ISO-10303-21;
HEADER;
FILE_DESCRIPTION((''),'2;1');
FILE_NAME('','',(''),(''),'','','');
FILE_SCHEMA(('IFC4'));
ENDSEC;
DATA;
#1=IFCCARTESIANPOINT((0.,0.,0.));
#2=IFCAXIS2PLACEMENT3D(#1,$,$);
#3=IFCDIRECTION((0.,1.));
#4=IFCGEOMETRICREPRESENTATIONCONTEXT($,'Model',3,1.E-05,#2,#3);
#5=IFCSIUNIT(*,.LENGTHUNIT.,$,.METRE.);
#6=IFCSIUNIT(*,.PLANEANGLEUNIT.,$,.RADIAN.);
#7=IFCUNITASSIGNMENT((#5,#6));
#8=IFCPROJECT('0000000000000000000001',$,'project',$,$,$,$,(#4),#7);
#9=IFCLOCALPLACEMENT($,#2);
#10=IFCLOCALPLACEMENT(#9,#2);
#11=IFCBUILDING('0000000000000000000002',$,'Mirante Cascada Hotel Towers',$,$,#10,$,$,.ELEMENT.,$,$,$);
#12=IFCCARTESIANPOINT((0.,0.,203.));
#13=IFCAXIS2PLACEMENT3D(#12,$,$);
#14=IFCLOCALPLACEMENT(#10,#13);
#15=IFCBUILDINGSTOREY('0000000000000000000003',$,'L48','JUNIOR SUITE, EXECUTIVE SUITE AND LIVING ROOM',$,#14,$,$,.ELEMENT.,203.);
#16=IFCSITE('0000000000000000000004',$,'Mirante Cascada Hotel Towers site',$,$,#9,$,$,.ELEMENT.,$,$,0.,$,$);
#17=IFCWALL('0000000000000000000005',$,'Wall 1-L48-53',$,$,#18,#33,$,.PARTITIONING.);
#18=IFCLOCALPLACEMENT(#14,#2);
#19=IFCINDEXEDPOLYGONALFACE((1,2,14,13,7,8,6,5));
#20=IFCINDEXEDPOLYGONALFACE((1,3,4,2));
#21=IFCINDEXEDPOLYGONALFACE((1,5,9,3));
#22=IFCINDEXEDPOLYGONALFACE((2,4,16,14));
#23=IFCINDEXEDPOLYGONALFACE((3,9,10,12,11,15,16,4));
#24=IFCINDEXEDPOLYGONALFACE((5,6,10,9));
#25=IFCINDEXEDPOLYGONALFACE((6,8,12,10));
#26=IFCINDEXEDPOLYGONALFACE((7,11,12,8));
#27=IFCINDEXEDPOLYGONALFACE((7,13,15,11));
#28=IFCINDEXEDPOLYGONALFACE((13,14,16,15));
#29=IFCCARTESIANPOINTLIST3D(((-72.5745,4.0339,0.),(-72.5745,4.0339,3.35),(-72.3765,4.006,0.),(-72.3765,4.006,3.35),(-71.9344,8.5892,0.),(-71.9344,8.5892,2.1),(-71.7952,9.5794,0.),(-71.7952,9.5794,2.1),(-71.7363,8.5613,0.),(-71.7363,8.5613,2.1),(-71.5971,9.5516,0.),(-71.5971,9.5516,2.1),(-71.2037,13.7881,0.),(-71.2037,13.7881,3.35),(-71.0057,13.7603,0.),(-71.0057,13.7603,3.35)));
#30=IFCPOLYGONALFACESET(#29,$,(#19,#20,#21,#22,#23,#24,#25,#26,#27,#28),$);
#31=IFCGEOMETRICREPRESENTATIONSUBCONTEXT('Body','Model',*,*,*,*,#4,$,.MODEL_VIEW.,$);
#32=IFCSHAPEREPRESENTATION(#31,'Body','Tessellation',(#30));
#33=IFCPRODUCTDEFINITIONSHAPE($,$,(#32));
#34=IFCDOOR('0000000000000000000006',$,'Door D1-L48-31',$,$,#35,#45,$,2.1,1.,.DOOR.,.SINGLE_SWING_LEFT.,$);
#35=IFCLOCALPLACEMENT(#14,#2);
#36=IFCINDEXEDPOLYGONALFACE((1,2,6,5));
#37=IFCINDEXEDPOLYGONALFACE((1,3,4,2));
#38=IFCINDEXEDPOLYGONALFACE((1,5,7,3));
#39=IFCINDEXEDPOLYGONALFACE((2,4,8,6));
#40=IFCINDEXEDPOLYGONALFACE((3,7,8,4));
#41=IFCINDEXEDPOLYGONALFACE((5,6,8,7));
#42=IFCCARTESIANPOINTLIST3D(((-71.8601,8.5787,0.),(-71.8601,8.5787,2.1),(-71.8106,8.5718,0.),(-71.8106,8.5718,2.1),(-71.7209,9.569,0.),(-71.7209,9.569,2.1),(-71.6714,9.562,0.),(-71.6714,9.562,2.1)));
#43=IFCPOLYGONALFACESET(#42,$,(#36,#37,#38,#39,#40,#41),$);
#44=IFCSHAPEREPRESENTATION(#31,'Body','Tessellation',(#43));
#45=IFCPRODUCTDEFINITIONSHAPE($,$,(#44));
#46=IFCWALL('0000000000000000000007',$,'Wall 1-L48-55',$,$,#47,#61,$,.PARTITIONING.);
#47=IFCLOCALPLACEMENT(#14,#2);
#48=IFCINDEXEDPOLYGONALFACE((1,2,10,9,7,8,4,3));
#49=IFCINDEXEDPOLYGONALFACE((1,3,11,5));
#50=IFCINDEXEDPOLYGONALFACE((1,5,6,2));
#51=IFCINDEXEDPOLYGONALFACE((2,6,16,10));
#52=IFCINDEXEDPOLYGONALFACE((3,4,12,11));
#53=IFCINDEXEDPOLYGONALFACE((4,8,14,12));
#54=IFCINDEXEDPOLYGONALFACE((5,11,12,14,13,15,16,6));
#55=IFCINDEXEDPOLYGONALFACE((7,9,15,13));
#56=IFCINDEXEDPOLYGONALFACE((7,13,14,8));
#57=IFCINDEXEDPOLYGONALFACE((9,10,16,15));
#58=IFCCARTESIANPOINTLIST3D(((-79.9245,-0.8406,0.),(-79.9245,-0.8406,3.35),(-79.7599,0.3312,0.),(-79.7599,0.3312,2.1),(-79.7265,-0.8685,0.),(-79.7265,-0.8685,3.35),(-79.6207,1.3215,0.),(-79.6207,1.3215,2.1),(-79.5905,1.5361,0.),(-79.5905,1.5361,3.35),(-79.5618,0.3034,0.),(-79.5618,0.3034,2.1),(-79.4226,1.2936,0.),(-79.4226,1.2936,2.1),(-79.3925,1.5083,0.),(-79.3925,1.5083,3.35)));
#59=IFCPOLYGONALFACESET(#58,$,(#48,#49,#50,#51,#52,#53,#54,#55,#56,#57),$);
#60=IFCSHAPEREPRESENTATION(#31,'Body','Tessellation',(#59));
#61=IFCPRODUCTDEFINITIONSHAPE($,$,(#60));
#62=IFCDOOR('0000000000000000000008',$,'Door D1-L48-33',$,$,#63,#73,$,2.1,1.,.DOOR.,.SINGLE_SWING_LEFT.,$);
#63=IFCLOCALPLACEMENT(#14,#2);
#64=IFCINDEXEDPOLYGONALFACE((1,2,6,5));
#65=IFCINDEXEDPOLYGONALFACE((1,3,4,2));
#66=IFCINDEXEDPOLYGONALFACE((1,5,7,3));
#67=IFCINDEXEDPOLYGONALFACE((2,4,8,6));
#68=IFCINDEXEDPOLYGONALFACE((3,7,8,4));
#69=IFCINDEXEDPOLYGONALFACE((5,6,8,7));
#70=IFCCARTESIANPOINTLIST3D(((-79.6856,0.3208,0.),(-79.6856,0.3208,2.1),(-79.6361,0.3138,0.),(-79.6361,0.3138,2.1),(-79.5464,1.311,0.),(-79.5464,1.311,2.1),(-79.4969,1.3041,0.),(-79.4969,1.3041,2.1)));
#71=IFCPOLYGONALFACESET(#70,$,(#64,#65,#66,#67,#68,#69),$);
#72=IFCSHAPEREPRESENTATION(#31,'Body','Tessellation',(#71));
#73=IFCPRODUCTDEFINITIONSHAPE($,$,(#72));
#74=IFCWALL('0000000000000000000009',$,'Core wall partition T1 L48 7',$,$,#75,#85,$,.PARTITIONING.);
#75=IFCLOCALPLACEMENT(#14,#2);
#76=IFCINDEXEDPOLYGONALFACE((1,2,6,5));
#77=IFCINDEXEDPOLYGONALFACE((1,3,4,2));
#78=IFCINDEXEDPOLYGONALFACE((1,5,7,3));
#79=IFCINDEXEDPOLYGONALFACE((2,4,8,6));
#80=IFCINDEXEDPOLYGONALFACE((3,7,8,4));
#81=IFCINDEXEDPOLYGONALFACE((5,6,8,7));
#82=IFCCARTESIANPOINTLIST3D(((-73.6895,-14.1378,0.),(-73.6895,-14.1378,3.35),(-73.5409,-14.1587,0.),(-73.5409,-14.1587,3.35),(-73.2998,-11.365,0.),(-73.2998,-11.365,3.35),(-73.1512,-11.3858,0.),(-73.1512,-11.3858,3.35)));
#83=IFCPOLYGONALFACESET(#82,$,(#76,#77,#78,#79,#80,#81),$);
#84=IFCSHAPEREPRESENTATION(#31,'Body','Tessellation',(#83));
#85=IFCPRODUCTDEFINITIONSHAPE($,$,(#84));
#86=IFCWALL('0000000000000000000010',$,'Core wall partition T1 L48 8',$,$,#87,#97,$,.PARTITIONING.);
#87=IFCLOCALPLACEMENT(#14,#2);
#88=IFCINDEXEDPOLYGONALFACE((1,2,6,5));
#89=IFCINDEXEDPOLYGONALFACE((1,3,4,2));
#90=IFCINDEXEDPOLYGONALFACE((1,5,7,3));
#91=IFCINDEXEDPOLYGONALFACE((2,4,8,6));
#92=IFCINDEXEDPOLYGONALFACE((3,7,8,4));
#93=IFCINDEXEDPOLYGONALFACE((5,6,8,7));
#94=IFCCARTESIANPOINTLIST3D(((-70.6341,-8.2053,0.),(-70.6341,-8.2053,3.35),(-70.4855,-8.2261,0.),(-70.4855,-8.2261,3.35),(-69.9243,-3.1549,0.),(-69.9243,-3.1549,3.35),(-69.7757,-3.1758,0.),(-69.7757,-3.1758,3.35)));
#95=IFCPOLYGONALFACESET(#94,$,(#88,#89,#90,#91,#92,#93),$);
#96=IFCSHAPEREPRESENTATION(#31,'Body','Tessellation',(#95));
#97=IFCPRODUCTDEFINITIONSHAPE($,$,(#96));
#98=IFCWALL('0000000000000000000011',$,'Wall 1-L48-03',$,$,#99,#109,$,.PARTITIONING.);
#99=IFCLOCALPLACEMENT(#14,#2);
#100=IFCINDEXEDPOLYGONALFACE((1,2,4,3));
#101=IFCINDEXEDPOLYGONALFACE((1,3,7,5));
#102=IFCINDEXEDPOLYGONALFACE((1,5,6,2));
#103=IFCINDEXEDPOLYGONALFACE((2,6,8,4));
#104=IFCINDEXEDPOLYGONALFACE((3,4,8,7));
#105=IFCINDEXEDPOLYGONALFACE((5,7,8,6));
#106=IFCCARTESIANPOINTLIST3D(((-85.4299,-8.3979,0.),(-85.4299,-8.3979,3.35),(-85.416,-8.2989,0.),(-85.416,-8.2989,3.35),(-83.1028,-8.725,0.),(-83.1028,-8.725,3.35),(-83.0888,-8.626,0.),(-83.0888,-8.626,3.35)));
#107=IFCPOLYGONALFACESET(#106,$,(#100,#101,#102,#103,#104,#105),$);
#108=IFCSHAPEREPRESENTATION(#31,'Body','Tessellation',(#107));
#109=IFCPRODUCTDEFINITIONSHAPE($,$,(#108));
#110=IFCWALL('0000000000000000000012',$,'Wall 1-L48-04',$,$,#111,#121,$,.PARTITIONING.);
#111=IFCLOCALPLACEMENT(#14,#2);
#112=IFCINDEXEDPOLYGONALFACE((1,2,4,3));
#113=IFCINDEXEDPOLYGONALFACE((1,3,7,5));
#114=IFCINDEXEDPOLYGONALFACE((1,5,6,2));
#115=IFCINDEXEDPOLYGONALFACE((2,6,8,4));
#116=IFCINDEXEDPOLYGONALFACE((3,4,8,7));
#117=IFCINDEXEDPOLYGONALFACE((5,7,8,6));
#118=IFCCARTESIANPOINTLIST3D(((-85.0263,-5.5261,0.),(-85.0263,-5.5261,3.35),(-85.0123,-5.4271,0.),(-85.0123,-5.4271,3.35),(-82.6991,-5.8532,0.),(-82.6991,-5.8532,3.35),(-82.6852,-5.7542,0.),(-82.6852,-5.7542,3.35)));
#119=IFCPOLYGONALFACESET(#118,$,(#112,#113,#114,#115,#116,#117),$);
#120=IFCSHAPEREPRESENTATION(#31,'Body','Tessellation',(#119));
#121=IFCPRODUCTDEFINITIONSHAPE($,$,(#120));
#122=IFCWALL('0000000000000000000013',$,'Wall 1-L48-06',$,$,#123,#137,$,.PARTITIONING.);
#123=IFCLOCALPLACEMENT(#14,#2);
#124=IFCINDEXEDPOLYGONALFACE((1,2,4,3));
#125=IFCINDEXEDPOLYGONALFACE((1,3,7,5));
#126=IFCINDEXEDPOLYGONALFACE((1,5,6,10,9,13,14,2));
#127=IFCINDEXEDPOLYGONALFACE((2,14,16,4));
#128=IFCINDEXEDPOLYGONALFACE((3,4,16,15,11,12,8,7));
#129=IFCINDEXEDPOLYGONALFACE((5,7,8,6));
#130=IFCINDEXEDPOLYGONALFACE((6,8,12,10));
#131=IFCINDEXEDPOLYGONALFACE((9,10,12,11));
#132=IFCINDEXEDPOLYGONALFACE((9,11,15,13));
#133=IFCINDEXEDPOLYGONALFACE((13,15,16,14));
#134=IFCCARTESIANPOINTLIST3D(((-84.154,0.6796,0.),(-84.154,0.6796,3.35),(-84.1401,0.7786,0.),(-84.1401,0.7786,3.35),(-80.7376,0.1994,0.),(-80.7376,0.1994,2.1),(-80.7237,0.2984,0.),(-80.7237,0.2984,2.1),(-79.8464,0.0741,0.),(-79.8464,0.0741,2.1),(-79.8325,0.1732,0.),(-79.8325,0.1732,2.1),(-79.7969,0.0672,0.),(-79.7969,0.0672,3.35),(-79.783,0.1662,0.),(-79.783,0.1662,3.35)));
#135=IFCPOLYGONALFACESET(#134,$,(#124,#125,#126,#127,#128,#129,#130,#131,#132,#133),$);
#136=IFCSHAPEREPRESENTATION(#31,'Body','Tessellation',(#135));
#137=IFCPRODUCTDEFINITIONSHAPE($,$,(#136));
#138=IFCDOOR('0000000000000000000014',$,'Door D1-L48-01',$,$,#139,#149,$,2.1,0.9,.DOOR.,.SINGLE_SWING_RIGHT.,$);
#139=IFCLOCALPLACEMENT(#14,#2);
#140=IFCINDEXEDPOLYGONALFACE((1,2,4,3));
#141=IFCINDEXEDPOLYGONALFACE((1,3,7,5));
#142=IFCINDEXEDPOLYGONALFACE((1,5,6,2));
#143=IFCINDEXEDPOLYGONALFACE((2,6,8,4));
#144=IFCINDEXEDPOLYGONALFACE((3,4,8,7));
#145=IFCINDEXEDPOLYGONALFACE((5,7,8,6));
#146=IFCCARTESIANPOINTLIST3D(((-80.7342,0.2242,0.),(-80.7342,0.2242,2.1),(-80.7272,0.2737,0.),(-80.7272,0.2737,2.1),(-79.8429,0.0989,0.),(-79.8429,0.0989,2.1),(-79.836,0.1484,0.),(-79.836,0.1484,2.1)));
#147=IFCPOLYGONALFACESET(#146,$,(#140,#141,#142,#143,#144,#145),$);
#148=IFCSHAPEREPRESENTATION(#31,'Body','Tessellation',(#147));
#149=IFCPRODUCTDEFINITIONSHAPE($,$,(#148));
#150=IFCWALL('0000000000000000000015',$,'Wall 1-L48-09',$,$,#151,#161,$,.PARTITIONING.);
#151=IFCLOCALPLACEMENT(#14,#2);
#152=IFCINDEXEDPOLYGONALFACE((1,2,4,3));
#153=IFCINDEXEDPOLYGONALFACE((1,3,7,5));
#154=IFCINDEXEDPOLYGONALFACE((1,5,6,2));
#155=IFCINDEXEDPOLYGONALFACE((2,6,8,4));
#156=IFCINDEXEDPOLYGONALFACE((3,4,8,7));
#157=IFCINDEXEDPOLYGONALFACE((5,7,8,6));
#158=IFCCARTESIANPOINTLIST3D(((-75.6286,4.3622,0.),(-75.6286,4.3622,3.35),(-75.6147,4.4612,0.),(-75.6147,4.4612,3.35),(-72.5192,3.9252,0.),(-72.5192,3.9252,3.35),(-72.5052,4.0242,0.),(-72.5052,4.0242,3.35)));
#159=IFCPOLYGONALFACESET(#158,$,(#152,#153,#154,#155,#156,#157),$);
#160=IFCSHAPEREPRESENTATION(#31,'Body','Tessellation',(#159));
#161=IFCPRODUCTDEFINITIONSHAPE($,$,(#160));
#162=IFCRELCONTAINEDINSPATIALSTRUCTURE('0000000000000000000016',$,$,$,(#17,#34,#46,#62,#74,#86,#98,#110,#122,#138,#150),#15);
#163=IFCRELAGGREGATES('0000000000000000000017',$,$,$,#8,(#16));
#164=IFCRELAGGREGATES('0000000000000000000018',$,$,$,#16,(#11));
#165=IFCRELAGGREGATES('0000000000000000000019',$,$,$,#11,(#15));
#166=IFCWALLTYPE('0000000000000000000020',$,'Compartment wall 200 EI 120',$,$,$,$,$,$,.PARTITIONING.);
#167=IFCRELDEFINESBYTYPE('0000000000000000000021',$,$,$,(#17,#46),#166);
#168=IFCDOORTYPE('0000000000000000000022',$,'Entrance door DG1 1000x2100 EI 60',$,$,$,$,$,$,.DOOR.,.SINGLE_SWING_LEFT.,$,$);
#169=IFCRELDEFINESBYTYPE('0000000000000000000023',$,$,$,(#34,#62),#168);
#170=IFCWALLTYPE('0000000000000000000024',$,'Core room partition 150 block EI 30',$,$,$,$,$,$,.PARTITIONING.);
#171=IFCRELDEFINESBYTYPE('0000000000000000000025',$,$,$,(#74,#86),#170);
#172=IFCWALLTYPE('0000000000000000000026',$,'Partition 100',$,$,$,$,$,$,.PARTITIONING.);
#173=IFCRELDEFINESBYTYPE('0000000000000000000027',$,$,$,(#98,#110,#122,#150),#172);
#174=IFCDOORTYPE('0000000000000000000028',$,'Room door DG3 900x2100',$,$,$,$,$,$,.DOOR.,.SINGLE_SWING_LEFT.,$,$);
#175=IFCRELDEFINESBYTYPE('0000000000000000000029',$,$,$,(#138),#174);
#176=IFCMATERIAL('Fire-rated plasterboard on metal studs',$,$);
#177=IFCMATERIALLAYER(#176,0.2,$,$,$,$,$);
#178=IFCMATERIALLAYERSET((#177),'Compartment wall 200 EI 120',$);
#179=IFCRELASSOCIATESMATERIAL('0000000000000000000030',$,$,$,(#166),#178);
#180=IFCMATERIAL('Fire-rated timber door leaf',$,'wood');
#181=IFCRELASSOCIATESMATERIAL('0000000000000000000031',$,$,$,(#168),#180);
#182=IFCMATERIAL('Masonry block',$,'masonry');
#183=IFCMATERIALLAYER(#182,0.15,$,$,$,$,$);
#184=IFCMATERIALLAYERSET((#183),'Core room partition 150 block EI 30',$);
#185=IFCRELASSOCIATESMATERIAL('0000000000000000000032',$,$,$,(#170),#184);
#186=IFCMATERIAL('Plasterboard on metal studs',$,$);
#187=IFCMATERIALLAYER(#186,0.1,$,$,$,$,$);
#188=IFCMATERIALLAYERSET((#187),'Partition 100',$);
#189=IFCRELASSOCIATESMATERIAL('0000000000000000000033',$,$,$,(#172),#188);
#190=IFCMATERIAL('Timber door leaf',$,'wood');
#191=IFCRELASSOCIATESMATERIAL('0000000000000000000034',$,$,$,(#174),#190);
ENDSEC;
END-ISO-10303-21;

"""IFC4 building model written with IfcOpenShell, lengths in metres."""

from ifc_helpers import new_model, si_unit, direction, frame, frame_2d, origin, place, context, subcontext, project, spatial, rectangle, extrude, material, layer, layer_set, type_object, element, fill, save


model = new_model("IFC4")

# Units and contexts
model_context = context("Model", 3, precision=1e-05, world=origin(), true_north=direction((0.0, 1.0)))
body_context = subcontext(model_context, "Body", "Model", "MODEL_VIEW")
ifc_project = project(units=[si_unit("LENGTHUNIT", "METRE"), si_unit("PLANEANGLEUNIT", "RADIAN")], contexts=[model_context])

# Site, building, storey
site_placement = place(None, origin())
site = spatial("IfcSite", under=ifc_project, at=site_placement, Name="Mirante Cascada Hotel Towers site", CompositionType="ELEMENT", RefElevation=0.0)
building_placement = place(site_placement, origin())
building = spatial("IfcBuilding", under=site, at=building_placement, Name="Mirante Cascada Hotel Towers", CompositionType="ELEMENT")
storey_placement = place(building_placement, frame((0.0, 0.0, 203.0)))
storey = spatial("IfcBuildingStorey", under=building, at=storey_placement, Name="L48", Description="JUNIOR SUITE, EXECUTIVE SUITE AND LIVING ROOM", CompositionType="ELEMENT", Elevation=203.0)

# Walls, openings, doors
ifc_material_1 = material(Name="Fire-rated plasterboard on metal studs")
ifc_layer_1 = layer(ifc_material_1, 0.2)
ifc_layer_set_1 = layer_set([ifc_layer_1], Name="Compartment wall 200 EI 120")
wall_type_1 = type_object("IfcWallType", Name="Compartment wall 200 EI 120", PredefinedType="PARTITIONING", material=ifc_layer_set_1)
wall_1_placement = place(storey_placement, frame((-72.4755, 4.02, 0.0), z_axis=(0.0, 0.0, 1.0), x_axis=(0.139167, 0.990269, 0.0)))
wall_1 = element("IfcWall", 1, at=wall_1_placement, inside=storey, type_object=wall_type_1, Name="Wall 1-L48-53", PredefinedType="PARTITIONING", context=body_context, shape_type="SweptSolid", body=[
    extrude(rectangle(XDim=9.8501, YDim=0.2, at=frame_2d((4.925, 0.0))), origin(), (0.0, 0.0, 1.0), 3.35),
])
opening_1_placement = place(wall_1_placement, frame((4.6, 0.0, 0.0)))
opening_1 = element("IfcOpeningElement", 2, at=opening_1_placement, cuts=wall_1, PredefinedType="OPENING", context=body_context, shape_type="SweptSolid", body=[
    extrude(rectangle(XDim=1.0, YDim=2.1, at=frame_2d((0.5, 1.05))), frame((0.0, 0.1, 0.0), z_axis=(0.0, -1.0, 0.0), x_axis=(1.0, 0.0, 0.0)), (0.0, 0.0, 1.0), 0.2),
])
ifc_material_2 = material(Name="Fire-rated timber door leaf", Category="wood")
door_type_1 = type_object("IfcDoorType", Name="Entrance door DG1 1000x2100 EI 60", OperationType="SINGLE_SWING_LEFT", PredefinedType="DOOR", material=ifc_material_2)
door_1_placement = place(opening_1_placement, origin())
door_1 = element("IfcDoor", 3, at=door_1_placement, inside=storey, type_object=door_type_1, Name="Door D1-L48-31", OperationType="SINGLE_SWING_LEFT", OverallHeight=2.1, OverallWidth=1.0, PredefinedType="DOOR", context=body_context, shape_type="SweptSolid", body=[
    extrude(rectangle(XDim=1.0, YDim=2.1, at=frame_2d((0.5, 1.05))), frame((0.0, 0.025, 0.0), z_axis=(0.0, -1.0, 0.0), x_axis=(1.0, 0.0, 0.0)), (0.0, 0.0, 1.0), 0.05),
])
fill(opening_1, door_1)
wall_2_placement = place(storey_placement, frame((-79.8255, -0.8545, 0.0), z_axis=(0.0, 0.0, 1.0), x_axis=(0.139163, 0.990269, 0.0)))
wall_2 = element("IfcWall", 4, at=wall_2_placement, inside=storey, type_object=wall_type_1, Name="Wall 1-L48-55", PredefinedType="PARTITIONING", context=body_context, shape_type="SweptSolid", body=[
    extrude(rectangle(XDim=2.4001, YDim=0.2, at=frame_2d((1.2, 0.0))), origin(), (0.0, 0.0, 1.0), 3.35),
])
opening_2_placement = place(wall_2_placement, frame((1.1833, 0.0, 0.0)))
opening_2 = element("IfcOpeningElement", 5, at=opening_2_placement, cuts=wall_2, PredefinedType="OPENING", context=body_context, shape_type="SweptSolid", body=[
    extrude(rectangle(XDim=1.0, YDim=2.1, at=frame_2d((0.5, 1.05))), frame((0.0, 0.1, 0.0), z_axis=(0.0, -1.0, 0.0), x_axis=(1.0, 0.0, 0.0)), (0.0, 0.0, 1.0), 0.2),
])
door_2_placement = place(opening_2_placement, origin())
door_2 = element("IfcDoor", 6, at=door_2_placement, inside=storey, type_object=door_type_1, Name="Door D1-L48-33", OperationType="SINGLE_SWING_LEFT", OverallHeight=2.1, OverallWidth=1.0, PredefinedType="DOOR", context=body_context, shape_type="SweptSolid", body=[
    extrude(rectangle(XDim=1.0, YDim=2.1, at=frame_2d((0.5, 1.05))), frame((0.0, 0.025, 0.0), z_axis=(0.0, -1.0, 0.0), x_axis=(1.0, 0.0, 0.0)), (0.0, 0.0, 1.0), 0.05),
])
fill(opening_2, door_2)

# Walls
ifc_material_3 = material(Name="Masonry block", Category="masonry")
ifc_layer_2 = layer(ifc_material_3, 0.15)
ifc_layer_set_2 = layer_set([ifc_layer_2], Name="Core room partition 150 block EI 30")
wall_type_2 = type_object("IfcWallType", Name="Core room partition 150 block EI 30", PredefinedType="PARTITIONING", material=ifc_layer_set_2)
wall_3_placement = place(storey_placement, frame((-73.6152, -14.1482, 0.0), z_axis=(0.0, 0.0, 1.0), x_axis=(0.139176, 0.990268, 0.0)))
element("IfcWall", 7, at=wall_3_placement, inside=storey, type_object=wall_type_2, Name="Core wall partition T1 L48 7", PredefinedType="PARTITIONING", context=body_context, shape_type="SweptSolid", body=[
    extrude(rectangle(XDim=2.8001, YDim=0.15, at=frame_2d((1.4, 0.0))), origin(), (0.0, 0.0, 1.0), 3.35),
])
wall_4_placement = place(storey_placement, frame((-70.5598, -8.2157, 0.0), z_axis=(0.0, 0.0, 1.0), x_axis=(0.139176, 0.990268, 0.0)))
element("IfcWall", 8, at=wall_4_placement, inside=storey, type_object=wall_type_2, Name="Core wall partition T1 L48 8", PredefinedType="PARTITIONING", context=body_context, shape_type="SweptSolid", body=[
    extrude(rectangle(XDim=5.1, YDim=0.15, at=frame_2d((2.55, 0.0))), origin(), (0.0, 0.0, 1.0), 3.35),
])
ifc_material_4 = material(Name="Plasterboard on metal studs")
ifc_layer_3 = layer(ifc_material_4, 0.1)
ifc_layer_set_3 = layer_set([ifc_layer_3], Name="Partition 100")
wall_type_3 = type_object("IfcWallType", Name="Partition 100", PredefinedType="PARTITIONING", material=ifc_layer_set_3)
for number, where, z_axis, x_axis, name in (
    (9, (-83.0958, -8.6755, 0.0), (0.0, 0.0, 1.0), (-0.990265, 0.139193, 0.0), "Wall 1-L48-03"),
    (10, (-85.0193, -5.4766, 0.0), (0.0, 0.0, 1.0), (0.990265, -0.139193, 0.0), "Wall 1-L48-04"),
):
    element("IfcWall", number, at=place(storey_placement, frame(where, z_axis=z_axis, x_axis=x_axis)), inside=storey, type_object=wall_type_3, Name=name, PredefinedType="PARTITIONING", context=body_context, shape_type="SweptSolid", body=[
        extrude(rectangle(XDim=2.35, YDim=0.1, at=frame_2d((1.175, 0.0))), origin(), (0.0, 0.0, 1.0), 3.35),
    ])

# Wall, opening, door
wall_5_placement = place(storey_placement, frame((-84.1471, 0.7291, 0.0), z_axis=(0.0, 0.0, 1.0), x_axis=(0.990267, -0.139184, 0.0)))
wall_5 = element("IfcWall", 11, at=wall_5_placement, inside=storey, type_object=wall_type_3, Name="Wall 1-L48-06", PredefinedType="PARTITIONING", context=body_context, shape_type="SweptSolid", body=[
    extrude(rectangle(XDim=4.3999, YDim=0.1, at=frame_2d((2.2, 0.0))), origin(), (0.0, 0.0, 1.0), 3.35),
])
opening_3_placement = place(wall_5_placement, frame((3.45, 0.0, 0.0)))
opening_3 = element("IfcOpeningElement", 12, at=opening_3_placement, cuts=wall_5, PredefinedType="OPENING", context=body_context, shape_type="SweptSolid", body=[
    extrude(rectangle(XDim=0.9, YDim=2.1, at=frame_2d((0.45, 1.05))), frame((0.0, 0.05, 0.0), z_axis=(0.0, -1.0, 0.0), x_axis=(1.0, 0.0, 0.0)), (0.0, 0.0, 1.0), 0.1),
])
ifc_material_5 = material(Name="Timber door leaf", Category="wood")
door_type_2 = type_object("IfcDoorType", Name="Room door DG3 900x2100", OperationType="SINGLE_SWING_LEFT", PredefinedType="DOOR", material=ifc_material_5)
door_3_placement = place(opening_3_placement, frame((0.9, 0.0, 0.0), z_axis=(0.0, 0.0, 1.0), x_axis=(-1.0, 0.0, 0.0)))
door_3 = element("IfcDoor", 13, at=door_3_placement, inside=storey, type_object=door_type_2, Name="Door D1-L48-01", OperationType="SINGLE_SWING_RIGHT", OverallHeight=2.1, OverallWidth=0.9, PredefinedType="DOOR", context=body_context, shape_type="SweptSolid", body=[
    extrude(rectangle(XDim=0.9, YDim=2.1, at=frame_2d((0.45, 1.05))), frame((0.0, 0.025, 0.0), z_axis=(0.0, -1.0, 0.0), x_axis=(1.0, 0.0, 0.0)), (0.0, 0.0, 1.0), 0.05),
])
fill(opening_3, door_3)

# Wall
wall_6_placement = place(storey_placement, frame((-72.5122, 3.9747, 0.0), z_axis=(0.0, 0.0, 1.0), x_axis=(-0.990268, 0.139174, 0.0)))
element("IfcWall", 14, at=wall_6_placement, inside=storey, type_object=wall_type_3, Name="Wall 1-L48-09", PredefinedType="PARTITIONING", context=body_context, shape_type="SweptSolid", body=[
    extrude(rectangle(XDim=3.14, YDim=0.1, at=frame_2d((1.57, 0.0))), origin(), (0.0, 0.0, 1.0), 3.35),
])

save(model, "model.ifc")
